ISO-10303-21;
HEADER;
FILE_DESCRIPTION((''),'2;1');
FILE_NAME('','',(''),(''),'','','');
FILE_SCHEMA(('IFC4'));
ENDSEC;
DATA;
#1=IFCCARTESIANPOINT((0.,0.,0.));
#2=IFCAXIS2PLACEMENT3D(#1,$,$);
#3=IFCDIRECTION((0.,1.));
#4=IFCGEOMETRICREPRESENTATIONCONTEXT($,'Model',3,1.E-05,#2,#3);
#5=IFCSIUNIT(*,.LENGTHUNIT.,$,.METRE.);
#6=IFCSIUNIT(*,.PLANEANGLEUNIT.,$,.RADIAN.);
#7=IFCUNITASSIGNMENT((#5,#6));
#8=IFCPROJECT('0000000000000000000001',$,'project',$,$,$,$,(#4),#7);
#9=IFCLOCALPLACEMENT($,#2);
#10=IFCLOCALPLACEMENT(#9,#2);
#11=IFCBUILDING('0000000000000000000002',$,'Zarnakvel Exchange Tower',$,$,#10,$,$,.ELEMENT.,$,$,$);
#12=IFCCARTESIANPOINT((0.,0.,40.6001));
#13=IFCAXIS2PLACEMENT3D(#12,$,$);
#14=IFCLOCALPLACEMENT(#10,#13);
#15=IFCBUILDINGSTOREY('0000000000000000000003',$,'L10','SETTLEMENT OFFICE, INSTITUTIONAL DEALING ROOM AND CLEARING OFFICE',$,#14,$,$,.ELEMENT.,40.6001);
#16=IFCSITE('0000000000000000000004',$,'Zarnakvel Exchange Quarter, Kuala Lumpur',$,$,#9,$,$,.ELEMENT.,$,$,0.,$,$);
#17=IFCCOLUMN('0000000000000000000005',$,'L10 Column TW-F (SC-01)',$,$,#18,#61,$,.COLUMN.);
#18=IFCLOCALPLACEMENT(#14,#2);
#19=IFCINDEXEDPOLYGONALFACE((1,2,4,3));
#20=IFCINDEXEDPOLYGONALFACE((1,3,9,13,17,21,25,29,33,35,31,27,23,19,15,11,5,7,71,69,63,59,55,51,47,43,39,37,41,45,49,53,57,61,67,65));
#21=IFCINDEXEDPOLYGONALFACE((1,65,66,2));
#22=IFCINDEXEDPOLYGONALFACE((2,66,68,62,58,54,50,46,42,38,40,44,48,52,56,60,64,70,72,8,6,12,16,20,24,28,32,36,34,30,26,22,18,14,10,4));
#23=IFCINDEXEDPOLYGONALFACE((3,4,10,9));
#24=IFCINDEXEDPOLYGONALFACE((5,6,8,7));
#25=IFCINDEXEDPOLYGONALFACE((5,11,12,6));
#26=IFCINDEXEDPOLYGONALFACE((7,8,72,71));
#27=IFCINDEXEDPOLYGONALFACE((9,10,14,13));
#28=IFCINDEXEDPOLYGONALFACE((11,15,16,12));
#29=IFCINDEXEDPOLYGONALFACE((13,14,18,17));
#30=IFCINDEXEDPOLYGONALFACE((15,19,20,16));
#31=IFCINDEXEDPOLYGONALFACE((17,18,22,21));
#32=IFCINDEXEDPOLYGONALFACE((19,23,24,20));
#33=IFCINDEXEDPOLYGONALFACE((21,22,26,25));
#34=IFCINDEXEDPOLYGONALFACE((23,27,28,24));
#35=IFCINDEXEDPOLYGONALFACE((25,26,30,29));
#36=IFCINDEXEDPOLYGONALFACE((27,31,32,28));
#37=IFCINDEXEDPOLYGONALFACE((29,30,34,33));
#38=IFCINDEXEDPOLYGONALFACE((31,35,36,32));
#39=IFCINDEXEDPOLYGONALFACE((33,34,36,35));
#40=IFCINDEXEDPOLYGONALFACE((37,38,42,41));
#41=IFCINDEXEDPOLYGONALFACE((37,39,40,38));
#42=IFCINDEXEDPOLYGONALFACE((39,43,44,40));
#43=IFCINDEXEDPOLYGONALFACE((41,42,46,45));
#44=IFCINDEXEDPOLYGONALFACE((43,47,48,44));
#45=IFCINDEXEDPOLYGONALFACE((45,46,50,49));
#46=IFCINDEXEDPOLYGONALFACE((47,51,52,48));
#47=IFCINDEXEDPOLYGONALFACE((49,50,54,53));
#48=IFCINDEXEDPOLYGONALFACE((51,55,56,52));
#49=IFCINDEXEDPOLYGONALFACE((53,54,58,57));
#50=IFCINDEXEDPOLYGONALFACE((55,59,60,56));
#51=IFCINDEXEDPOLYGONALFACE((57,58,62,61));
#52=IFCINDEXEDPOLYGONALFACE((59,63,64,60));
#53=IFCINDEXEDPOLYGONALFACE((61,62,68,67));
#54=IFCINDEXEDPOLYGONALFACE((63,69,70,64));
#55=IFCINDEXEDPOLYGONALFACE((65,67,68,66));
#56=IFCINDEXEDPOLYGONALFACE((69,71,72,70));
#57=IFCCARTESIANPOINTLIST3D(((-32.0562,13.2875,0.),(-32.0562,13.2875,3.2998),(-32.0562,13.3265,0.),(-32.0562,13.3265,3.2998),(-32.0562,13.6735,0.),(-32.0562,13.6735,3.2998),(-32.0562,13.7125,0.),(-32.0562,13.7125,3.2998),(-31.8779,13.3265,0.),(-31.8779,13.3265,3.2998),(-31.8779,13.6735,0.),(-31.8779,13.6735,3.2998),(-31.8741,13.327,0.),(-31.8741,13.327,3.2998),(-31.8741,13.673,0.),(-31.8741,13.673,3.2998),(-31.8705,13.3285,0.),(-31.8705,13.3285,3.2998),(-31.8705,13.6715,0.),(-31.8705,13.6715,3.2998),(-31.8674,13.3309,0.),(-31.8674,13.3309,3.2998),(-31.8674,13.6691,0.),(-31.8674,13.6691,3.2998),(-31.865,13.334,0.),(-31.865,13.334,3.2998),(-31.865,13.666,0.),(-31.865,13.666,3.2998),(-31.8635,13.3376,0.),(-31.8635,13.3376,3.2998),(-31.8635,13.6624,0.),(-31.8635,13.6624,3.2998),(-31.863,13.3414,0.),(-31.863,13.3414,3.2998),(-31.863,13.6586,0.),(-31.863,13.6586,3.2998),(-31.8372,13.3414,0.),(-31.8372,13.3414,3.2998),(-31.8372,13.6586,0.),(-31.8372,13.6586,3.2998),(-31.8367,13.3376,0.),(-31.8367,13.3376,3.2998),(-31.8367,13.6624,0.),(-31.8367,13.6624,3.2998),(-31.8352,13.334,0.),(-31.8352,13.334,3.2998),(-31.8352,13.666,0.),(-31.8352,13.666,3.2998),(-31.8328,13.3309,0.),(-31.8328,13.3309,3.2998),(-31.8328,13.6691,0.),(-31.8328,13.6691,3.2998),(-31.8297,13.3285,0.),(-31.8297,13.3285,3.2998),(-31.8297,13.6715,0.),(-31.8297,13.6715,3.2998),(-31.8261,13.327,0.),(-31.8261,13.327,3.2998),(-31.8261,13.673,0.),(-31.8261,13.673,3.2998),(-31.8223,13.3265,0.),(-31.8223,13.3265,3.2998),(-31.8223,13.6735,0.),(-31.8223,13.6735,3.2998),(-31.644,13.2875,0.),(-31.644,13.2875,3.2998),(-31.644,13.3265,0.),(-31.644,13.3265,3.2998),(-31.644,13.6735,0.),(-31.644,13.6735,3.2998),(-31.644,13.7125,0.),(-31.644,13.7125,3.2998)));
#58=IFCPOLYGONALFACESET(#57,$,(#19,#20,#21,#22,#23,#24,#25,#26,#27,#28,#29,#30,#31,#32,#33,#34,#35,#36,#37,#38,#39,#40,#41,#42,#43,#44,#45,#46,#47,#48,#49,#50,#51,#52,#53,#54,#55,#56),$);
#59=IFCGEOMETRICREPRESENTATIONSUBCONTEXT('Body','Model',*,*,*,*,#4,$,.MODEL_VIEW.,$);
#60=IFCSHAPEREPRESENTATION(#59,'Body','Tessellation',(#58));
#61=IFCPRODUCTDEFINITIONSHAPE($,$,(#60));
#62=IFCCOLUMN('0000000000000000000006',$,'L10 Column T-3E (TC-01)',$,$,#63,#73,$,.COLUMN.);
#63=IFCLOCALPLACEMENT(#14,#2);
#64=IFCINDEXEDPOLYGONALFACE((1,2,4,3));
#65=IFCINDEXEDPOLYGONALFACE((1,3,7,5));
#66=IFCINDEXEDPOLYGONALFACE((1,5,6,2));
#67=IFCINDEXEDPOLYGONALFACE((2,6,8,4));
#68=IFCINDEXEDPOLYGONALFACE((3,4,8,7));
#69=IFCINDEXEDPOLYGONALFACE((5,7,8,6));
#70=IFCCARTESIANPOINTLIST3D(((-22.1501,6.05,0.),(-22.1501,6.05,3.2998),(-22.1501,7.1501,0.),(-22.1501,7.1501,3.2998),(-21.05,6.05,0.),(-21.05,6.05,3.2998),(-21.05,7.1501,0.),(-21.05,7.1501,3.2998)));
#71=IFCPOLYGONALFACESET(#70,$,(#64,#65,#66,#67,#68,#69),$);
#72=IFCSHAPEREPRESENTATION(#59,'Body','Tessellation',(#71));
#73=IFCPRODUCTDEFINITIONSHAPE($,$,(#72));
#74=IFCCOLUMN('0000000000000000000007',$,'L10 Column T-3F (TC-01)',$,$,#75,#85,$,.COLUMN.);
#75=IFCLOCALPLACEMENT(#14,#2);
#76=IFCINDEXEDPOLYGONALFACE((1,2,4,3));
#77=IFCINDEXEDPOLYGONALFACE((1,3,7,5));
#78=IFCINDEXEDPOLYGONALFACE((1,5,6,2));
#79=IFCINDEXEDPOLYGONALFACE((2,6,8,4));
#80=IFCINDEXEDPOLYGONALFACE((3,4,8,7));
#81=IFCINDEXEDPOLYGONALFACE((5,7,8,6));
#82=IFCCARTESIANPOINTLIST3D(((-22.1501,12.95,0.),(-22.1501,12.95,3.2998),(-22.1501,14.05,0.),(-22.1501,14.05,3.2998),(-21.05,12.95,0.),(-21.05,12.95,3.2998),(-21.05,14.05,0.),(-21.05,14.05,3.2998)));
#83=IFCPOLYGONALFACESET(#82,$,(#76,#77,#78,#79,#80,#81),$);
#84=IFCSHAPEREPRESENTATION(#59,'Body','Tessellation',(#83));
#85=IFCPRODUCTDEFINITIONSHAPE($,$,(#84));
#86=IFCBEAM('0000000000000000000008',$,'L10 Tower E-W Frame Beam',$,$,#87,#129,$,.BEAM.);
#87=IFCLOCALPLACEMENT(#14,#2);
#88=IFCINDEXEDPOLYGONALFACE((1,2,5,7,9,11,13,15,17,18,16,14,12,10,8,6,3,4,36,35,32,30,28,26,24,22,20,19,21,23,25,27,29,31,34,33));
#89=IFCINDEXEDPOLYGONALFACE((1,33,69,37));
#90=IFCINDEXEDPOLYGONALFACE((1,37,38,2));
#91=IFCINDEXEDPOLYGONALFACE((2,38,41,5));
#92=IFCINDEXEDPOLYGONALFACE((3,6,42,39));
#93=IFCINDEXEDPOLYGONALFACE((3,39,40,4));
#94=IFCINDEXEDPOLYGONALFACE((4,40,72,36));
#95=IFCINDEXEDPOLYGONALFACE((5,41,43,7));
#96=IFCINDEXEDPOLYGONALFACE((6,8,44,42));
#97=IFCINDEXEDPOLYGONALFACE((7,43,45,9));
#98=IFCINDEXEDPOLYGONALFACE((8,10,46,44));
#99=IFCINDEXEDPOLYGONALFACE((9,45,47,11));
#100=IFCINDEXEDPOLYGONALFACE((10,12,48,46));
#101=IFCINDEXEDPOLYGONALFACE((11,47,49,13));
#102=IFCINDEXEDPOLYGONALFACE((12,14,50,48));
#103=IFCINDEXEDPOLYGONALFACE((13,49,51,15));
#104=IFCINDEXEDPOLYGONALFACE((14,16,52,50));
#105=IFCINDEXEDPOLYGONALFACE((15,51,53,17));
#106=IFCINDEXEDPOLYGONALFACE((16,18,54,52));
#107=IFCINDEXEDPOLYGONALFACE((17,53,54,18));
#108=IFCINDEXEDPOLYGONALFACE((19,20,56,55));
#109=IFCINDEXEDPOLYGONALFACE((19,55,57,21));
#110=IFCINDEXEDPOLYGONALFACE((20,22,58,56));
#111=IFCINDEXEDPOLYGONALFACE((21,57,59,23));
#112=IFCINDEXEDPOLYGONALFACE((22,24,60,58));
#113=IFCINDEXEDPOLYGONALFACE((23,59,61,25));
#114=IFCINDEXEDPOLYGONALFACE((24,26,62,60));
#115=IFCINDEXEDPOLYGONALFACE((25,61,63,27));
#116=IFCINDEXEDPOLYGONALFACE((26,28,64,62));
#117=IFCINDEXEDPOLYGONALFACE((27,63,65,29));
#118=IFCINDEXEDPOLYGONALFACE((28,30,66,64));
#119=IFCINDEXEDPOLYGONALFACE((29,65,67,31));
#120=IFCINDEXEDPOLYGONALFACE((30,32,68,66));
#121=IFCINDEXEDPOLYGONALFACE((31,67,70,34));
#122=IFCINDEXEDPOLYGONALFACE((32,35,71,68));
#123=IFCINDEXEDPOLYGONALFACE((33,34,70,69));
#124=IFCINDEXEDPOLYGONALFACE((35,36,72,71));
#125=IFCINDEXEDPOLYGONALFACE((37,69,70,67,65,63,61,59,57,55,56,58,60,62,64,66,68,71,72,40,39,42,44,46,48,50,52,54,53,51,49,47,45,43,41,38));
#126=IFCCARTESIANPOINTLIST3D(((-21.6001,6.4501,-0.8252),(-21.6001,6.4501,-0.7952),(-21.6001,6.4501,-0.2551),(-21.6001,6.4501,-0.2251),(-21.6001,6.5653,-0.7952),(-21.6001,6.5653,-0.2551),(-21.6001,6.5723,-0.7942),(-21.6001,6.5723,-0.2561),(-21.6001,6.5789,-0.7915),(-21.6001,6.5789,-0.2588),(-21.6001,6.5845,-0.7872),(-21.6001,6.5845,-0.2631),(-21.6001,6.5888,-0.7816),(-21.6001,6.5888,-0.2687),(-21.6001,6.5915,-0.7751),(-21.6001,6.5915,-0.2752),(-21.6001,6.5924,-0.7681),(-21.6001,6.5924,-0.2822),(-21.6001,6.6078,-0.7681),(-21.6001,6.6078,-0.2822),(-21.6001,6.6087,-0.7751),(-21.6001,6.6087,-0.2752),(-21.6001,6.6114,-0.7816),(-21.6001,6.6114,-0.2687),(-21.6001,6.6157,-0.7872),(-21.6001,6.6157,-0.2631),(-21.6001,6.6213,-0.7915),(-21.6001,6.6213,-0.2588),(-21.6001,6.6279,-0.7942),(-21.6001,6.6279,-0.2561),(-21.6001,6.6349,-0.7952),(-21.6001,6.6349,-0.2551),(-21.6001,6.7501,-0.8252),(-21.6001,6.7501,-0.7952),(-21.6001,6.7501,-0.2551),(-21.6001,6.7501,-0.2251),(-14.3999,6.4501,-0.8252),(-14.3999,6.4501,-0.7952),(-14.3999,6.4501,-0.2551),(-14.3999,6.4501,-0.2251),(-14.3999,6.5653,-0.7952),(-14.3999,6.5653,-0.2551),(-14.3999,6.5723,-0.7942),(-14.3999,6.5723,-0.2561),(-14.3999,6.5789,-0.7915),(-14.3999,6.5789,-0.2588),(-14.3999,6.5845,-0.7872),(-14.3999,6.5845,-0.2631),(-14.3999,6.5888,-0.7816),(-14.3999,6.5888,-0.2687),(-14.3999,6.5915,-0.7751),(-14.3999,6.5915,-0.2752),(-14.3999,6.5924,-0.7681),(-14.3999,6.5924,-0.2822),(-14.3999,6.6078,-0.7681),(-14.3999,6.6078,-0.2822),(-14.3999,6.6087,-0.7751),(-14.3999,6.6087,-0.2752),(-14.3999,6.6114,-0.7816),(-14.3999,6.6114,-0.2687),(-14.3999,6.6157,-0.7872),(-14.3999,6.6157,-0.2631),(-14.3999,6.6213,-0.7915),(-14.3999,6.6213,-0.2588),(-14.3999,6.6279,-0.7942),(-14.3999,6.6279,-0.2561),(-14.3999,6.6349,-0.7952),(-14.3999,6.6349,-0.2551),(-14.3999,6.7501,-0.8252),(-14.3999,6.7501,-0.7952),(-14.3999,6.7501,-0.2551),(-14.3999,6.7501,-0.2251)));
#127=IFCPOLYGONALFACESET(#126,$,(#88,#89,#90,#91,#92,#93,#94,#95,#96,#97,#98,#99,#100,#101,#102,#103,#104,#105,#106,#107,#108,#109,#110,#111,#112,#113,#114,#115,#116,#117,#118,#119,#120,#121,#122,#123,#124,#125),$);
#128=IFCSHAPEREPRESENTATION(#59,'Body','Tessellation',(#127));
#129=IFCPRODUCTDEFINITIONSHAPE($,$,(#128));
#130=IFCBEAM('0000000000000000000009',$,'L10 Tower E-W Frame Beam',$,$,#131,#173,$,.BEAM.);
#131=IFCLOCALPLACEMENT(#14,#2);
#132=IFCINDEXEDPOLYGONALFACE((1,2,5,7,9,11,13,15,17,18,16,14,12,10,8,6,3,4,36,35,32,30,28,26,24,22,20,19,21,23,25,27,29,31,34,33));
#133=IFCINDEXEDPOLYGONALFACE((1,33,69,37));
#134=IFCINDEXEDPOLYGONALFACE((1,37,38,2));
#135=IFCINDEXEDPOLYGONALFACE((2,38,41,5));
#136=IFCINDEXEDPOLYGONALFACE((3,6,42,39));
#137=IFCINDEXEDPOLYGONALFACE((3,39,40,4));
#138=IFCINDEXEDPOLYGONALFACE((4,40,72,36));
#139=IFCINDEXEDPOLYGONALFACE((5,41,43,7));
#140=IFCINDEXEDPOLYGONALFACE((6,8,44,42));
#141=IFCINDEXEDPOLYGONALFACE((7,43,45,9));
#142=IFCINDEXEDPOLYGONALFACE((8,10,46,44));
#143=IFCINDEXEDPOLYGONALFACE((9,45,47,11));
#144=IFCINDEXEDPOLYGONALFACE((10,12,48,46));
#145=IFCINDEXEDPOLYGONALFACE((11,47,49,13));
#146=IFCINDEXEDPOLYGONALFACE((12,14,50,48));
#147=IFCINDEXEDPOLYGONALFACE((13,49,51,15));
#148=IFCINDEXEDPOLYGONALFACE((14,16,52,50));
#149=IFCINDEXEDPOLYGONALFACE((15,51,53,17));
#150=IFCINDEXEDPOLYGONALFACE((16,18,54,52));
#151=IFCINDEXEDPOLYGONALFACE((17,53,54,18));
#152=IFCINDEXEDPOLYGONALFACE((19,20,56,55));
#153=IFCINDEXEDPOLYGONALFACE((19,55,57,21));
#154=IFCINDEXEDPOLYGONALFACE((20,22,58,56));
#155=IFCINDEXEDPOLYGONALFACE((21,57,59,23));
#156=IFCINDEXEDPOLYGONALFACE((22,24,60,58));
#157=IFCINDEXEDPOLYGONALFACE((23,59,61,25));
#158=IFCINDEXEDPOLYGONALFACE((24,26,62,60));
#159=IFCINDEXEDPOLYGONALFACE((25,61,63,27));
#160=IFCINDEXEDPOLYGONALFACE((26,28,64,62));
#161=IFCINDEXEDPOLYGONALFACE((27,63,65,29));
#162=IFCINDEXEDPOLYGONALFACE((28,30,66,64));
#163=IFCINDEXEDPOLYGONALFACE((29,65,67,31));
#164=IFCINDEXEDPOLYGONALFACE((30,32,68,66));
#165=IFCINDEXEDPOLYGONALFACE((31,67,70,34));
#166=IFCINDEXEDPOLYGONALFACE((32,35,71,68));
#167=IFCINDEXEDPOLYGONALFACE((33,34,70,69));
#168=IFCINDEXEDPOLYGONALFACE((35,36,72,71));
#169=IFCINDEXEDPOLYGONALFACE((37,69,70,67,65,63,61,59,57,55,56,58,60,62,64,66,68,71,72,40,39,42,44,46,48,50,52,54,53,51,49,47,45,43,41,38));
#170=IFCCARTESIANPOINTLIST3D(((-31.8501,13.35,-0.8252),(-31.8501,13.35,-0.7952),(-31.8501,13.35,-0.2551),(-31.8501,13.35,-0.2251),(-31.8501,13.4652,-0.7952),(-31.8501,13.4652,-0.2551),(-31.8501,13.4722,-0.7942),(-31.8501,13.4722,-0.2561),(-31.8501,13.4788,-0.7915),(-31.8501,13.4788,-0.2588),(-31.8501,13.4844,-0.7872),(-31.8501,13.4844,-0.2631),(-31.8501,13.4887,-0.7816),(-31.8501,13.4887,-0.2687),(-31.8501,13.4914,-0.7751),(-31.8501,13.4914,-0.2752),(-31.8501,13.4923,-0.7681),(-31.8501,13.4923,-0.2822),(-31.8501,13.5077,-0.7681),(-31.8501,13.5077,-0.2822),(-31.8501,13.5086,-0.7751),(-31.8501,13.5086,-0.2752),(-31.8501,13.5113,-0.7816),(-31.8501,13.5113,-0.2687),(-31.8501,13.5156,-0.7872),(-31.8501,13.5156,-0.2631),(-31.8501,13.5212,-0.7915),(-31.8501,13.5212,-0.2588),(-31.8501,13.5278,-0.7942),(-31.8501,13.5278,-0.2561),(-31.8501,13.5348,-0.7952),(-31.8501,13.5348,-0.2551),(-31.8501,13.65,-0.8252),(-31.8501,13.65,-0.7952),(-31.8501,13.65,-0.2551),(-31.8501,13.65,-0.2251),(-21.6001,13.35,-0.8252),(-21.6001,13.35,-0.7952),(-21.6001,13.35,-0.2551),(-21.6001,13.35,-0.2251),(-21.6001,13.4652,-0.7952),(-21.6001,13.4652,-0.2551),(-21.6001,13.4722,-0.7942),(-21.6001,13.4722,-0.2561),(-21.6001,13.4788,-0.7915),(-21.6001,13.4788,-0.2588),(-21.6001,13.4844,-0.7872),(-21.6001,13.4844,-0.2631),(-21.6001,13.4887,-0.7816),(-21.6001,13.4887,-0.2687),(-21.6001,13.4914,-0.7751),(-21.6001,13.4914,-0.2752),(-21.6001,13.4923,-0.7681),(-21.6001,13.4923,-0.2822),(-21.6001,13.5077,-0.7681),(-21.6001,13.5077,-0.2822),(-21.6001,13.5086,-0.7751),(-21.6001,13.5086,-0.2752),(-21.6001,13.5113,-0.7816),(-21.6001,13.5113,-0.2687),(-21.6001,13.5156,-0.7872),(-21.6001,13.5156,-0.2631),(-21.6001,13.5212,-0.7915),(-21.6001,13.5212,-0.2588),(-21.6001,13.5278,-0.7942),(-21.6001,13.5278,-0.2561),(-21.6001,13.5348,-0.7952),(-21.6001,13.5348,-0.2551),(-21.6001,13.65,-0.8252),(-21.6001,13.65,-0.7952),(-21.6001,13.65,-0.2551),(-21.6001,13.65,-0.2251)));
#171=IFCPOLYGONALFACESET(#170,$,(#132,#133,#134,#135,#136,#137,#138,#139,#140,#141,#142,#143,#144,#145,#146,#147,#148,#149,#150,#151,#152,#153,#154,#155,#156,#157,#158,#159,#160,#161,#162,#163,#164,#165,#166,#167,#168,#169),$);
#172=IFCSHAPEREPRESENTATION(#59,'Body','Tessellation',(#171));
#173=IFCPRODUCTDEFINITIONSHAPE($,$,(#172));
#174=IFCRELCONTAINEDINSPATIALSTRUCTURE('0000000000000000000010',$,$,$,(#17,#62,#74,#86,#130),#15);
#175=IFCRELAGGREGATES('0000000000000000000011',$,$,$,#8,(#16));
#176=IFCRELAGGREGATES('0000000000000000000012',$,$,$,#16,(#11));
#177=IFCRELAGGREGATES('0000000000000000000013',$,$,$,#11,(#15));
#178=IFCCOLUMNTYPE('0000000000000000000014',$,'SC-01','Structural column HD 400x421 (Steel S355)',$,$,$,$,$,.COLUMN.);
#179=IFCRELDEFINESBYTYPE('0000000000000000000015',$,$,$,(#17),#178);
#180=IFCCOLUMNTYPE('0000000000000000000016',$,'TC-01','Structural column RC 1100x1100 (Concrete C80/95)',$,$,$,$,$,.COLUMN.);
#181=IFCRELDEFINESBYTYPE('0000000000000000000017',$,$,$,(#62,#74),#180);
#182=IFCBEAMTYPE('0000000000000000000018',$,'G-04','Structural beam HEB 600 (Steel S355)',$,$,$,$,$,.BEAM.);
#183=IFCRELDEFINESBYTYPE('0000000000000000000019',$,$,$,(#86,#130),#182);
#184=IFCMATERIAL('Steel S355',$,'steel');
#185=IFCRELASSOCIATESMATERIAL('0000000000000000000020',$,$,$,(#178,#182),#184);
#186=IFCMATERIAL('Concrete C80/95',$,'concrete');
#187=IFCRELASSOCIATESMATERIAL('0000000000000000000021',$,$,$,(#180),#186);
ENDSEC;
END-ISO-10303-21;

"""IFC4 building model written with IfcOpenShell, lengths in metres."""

from ifc_helpers import new_model, si_unit, direction, frame, origin, origin_2d, place, context, subcontext, project, spatial, rectangle, i_section, extrude, material, material_profile, profile_set, type_object, element, save


model = new_model("IFC4")

# Units and contexts
model_context = context("Model", 3, precision=1e-05, world=origin(), true_north=direction((0.0, 1.0)))
body_context = subcontext(model_context, "Body", "Model", "MODEL_VIEW")
ifc_project = project(units=[si_unit("LENGTHUNIT", "METRE"), si_unit("PLANEANGLEUNIT", "RADIAN")], contexts=[model_context])

# Site, building, storey
site_placement = place(None, origin())
site = spatial("IfcSite", under=ifc_project, at=site_placement, Name="Zarnakvel Exchange Quarter, Kuala Lumpur", CompositionType="ELEMENT", RefElevation=0.0)
building_placement = place(site_placement, origin())
building = spatial("IfcBuilding", under=site, at=building_placement, Name="Zarnakvel Exchange Tower", CompositionType="ELEMENT")
storey_placement = place(building_placement, frame((0.0, 0.0, 40.6001)))
storey = spatial("IfcBuildingStorey", under=building, at=storey_placement, Name="L10", Description="SETTLEMENT OFFICE, INSTITUTIONAL DEALING ROOM AND CLEARING OFFICE", CompositionType="ELEMENT", Elevation=40.6001)

# Columns
ifc_material_1 = material(Name="Steel S355", Category="steel")
ifc_material_profile_1 = material_profile(ifc_material_1, i_section(OverallWidth=0.4121, OverallDepth=0.425, WebThickness=0.0259, FlangeThickness=0.0391, FilletRadius=0.0149, at=origin_2d()))
ifc_profile_set_1 = profile_set([ifc_material_profile_1], Name="Steel S355")
column_type_1 = type_object("IfcColumnType", Name="SC-01", Description="Structural column HD 400x421 (Steel S355)", PredefinedType="COLUMN", material=ifc_profile_set_1)
column_placement = place(storey_placement, frame((-31.8501, 13.5, 0.0), z_axis=(0.0, 0.0, 1.0), x_axis=(1.0, 0.0, 0.0)))
element("IfcColumn", 1, at=column_placement, inside=storey, type_object=column_type_1, Name="L10 Column TW-F (SC-01)", PredefinedType="COLUMN", context=body_context, shape_type="SweptSolid", body=[
    extrude(i_section(OverallWidth=0.4121, OverallDepth=0.425, WebThickness=0.0259, FlangeThickness=0.0391, FilletRadius=0.0149, at=origin_2d()), origin(), (0.0, 0.0, 1.0), 3.2998),
])
ifc_material_2 = material(Name="Concrete C80/95", Category="concrete")
ifc_material_profile_2 = material_profile(ifc_material_2, rectangle(XDim=1.1001, YDim=1.1001, at=origin_2d()))
ifc_profile_set_2 = profile_set([ifc_material_profile_2], Name="Concrete C80/95")
column_type_2 = type_object("IfcColumnType", Name="TC-01", Description="Structural column RC 1100x1100 (Concrete C80/95)", PredefinedType="COLUMN", material=ifc_profile_set_2)
for number, where, z_axis, x_axis, name in (
    (2, (-21.6001, 6.6001, 0.0), (0.0, 0.0, 1.0), (1.0, 0.0, 0.0), "L10 Column T-3E (TC-01)"),
    (3, (-21.6001, 13.5, 0.0), (0.0, 0.0, 1.0), (1.0, 0.0, 0.0), "L10 Column T-3F (TC-01)"),
):
    element("IfcColumn", number, at=place(storey_placement, frame(where, z_axis=z_axis, x_axis=x_axis)), inside=storey, type_object=column_type_2, Name=name, PredefinedType="COLUMN", context=body_context, shape_type="SweptSolid", body=[
        extrude(rectangle(XDim=1.1001, YDim=1.1001, at=origin_2d()), origin(), (0.0, 0.0, 1.0), 3.2998),
    ])

# Beams
ifc_material_profile_3 = material_profile(ifc_material_1, i_section(OverallWidth=0.3, OverallDepth=0.6001, WebThickness=0.0154, FlangeThickness=0.03, FilletRadius=0.0271, at=origin_2d()))
ifc_profile_set_3 = profile_set([ifc_material_profile_3], Name="Steel S355")
beam_type = type_object("IfcBeamType", Name="G-04", Description="Structural beam HEB 600 (Steel S355)", PredefinedType="BEAM", material=ifc_profile_set_3)
beam_1_placement = place(storey_placement, frame((-21.6001, 6.6001, -0.5251), z_axis=(1.0, 0.0, 0.0), x_axis=(0.0, 1.0, 0.0)))
element("IfcBeam", 4, at=beam_1_placement, inside=storey, type_object=beam_type, Name="L10 Tower E-W Frame Beam", PredefinedType="BEAM", context=body_context, shape_type="SweptSolid", body=[
    extrude(i_section(OverallWidth=0.3, OverallDepth=0.6001, WebThickness=0.0154, FlangeThickness=0.03, FilletRadius=0.0271, at=origin_2d()), origin(), (0.0, 0.0, 1.0), 7.2002),
])
beam_2_placement = place(storey_placement, frame((-31.8501, 13.5, -0.5251), z_axis=(1.0, 0.0, 0.0), x_axis=(0.0, 1.0, 0.0)))
element("IfcBeam", 5, at=beam_2_placement, inside=storey, type_object=beam_type, Name="L10 Tower E-W Frame Beam", PredefinedType="BEAM", context=body_context, shape_type="SweptSolid", body=[
    extrude(i_section(OverallWidth=0.3, OverallDepth=0.6001, WebThickness=0.0154, FlangeThickness=0.03, FilletRadius=0.0271, at=origin_2d()), origin(), (0.0, 0.0, 1.0), 10.25),
])

save(model, "model.ifc")
